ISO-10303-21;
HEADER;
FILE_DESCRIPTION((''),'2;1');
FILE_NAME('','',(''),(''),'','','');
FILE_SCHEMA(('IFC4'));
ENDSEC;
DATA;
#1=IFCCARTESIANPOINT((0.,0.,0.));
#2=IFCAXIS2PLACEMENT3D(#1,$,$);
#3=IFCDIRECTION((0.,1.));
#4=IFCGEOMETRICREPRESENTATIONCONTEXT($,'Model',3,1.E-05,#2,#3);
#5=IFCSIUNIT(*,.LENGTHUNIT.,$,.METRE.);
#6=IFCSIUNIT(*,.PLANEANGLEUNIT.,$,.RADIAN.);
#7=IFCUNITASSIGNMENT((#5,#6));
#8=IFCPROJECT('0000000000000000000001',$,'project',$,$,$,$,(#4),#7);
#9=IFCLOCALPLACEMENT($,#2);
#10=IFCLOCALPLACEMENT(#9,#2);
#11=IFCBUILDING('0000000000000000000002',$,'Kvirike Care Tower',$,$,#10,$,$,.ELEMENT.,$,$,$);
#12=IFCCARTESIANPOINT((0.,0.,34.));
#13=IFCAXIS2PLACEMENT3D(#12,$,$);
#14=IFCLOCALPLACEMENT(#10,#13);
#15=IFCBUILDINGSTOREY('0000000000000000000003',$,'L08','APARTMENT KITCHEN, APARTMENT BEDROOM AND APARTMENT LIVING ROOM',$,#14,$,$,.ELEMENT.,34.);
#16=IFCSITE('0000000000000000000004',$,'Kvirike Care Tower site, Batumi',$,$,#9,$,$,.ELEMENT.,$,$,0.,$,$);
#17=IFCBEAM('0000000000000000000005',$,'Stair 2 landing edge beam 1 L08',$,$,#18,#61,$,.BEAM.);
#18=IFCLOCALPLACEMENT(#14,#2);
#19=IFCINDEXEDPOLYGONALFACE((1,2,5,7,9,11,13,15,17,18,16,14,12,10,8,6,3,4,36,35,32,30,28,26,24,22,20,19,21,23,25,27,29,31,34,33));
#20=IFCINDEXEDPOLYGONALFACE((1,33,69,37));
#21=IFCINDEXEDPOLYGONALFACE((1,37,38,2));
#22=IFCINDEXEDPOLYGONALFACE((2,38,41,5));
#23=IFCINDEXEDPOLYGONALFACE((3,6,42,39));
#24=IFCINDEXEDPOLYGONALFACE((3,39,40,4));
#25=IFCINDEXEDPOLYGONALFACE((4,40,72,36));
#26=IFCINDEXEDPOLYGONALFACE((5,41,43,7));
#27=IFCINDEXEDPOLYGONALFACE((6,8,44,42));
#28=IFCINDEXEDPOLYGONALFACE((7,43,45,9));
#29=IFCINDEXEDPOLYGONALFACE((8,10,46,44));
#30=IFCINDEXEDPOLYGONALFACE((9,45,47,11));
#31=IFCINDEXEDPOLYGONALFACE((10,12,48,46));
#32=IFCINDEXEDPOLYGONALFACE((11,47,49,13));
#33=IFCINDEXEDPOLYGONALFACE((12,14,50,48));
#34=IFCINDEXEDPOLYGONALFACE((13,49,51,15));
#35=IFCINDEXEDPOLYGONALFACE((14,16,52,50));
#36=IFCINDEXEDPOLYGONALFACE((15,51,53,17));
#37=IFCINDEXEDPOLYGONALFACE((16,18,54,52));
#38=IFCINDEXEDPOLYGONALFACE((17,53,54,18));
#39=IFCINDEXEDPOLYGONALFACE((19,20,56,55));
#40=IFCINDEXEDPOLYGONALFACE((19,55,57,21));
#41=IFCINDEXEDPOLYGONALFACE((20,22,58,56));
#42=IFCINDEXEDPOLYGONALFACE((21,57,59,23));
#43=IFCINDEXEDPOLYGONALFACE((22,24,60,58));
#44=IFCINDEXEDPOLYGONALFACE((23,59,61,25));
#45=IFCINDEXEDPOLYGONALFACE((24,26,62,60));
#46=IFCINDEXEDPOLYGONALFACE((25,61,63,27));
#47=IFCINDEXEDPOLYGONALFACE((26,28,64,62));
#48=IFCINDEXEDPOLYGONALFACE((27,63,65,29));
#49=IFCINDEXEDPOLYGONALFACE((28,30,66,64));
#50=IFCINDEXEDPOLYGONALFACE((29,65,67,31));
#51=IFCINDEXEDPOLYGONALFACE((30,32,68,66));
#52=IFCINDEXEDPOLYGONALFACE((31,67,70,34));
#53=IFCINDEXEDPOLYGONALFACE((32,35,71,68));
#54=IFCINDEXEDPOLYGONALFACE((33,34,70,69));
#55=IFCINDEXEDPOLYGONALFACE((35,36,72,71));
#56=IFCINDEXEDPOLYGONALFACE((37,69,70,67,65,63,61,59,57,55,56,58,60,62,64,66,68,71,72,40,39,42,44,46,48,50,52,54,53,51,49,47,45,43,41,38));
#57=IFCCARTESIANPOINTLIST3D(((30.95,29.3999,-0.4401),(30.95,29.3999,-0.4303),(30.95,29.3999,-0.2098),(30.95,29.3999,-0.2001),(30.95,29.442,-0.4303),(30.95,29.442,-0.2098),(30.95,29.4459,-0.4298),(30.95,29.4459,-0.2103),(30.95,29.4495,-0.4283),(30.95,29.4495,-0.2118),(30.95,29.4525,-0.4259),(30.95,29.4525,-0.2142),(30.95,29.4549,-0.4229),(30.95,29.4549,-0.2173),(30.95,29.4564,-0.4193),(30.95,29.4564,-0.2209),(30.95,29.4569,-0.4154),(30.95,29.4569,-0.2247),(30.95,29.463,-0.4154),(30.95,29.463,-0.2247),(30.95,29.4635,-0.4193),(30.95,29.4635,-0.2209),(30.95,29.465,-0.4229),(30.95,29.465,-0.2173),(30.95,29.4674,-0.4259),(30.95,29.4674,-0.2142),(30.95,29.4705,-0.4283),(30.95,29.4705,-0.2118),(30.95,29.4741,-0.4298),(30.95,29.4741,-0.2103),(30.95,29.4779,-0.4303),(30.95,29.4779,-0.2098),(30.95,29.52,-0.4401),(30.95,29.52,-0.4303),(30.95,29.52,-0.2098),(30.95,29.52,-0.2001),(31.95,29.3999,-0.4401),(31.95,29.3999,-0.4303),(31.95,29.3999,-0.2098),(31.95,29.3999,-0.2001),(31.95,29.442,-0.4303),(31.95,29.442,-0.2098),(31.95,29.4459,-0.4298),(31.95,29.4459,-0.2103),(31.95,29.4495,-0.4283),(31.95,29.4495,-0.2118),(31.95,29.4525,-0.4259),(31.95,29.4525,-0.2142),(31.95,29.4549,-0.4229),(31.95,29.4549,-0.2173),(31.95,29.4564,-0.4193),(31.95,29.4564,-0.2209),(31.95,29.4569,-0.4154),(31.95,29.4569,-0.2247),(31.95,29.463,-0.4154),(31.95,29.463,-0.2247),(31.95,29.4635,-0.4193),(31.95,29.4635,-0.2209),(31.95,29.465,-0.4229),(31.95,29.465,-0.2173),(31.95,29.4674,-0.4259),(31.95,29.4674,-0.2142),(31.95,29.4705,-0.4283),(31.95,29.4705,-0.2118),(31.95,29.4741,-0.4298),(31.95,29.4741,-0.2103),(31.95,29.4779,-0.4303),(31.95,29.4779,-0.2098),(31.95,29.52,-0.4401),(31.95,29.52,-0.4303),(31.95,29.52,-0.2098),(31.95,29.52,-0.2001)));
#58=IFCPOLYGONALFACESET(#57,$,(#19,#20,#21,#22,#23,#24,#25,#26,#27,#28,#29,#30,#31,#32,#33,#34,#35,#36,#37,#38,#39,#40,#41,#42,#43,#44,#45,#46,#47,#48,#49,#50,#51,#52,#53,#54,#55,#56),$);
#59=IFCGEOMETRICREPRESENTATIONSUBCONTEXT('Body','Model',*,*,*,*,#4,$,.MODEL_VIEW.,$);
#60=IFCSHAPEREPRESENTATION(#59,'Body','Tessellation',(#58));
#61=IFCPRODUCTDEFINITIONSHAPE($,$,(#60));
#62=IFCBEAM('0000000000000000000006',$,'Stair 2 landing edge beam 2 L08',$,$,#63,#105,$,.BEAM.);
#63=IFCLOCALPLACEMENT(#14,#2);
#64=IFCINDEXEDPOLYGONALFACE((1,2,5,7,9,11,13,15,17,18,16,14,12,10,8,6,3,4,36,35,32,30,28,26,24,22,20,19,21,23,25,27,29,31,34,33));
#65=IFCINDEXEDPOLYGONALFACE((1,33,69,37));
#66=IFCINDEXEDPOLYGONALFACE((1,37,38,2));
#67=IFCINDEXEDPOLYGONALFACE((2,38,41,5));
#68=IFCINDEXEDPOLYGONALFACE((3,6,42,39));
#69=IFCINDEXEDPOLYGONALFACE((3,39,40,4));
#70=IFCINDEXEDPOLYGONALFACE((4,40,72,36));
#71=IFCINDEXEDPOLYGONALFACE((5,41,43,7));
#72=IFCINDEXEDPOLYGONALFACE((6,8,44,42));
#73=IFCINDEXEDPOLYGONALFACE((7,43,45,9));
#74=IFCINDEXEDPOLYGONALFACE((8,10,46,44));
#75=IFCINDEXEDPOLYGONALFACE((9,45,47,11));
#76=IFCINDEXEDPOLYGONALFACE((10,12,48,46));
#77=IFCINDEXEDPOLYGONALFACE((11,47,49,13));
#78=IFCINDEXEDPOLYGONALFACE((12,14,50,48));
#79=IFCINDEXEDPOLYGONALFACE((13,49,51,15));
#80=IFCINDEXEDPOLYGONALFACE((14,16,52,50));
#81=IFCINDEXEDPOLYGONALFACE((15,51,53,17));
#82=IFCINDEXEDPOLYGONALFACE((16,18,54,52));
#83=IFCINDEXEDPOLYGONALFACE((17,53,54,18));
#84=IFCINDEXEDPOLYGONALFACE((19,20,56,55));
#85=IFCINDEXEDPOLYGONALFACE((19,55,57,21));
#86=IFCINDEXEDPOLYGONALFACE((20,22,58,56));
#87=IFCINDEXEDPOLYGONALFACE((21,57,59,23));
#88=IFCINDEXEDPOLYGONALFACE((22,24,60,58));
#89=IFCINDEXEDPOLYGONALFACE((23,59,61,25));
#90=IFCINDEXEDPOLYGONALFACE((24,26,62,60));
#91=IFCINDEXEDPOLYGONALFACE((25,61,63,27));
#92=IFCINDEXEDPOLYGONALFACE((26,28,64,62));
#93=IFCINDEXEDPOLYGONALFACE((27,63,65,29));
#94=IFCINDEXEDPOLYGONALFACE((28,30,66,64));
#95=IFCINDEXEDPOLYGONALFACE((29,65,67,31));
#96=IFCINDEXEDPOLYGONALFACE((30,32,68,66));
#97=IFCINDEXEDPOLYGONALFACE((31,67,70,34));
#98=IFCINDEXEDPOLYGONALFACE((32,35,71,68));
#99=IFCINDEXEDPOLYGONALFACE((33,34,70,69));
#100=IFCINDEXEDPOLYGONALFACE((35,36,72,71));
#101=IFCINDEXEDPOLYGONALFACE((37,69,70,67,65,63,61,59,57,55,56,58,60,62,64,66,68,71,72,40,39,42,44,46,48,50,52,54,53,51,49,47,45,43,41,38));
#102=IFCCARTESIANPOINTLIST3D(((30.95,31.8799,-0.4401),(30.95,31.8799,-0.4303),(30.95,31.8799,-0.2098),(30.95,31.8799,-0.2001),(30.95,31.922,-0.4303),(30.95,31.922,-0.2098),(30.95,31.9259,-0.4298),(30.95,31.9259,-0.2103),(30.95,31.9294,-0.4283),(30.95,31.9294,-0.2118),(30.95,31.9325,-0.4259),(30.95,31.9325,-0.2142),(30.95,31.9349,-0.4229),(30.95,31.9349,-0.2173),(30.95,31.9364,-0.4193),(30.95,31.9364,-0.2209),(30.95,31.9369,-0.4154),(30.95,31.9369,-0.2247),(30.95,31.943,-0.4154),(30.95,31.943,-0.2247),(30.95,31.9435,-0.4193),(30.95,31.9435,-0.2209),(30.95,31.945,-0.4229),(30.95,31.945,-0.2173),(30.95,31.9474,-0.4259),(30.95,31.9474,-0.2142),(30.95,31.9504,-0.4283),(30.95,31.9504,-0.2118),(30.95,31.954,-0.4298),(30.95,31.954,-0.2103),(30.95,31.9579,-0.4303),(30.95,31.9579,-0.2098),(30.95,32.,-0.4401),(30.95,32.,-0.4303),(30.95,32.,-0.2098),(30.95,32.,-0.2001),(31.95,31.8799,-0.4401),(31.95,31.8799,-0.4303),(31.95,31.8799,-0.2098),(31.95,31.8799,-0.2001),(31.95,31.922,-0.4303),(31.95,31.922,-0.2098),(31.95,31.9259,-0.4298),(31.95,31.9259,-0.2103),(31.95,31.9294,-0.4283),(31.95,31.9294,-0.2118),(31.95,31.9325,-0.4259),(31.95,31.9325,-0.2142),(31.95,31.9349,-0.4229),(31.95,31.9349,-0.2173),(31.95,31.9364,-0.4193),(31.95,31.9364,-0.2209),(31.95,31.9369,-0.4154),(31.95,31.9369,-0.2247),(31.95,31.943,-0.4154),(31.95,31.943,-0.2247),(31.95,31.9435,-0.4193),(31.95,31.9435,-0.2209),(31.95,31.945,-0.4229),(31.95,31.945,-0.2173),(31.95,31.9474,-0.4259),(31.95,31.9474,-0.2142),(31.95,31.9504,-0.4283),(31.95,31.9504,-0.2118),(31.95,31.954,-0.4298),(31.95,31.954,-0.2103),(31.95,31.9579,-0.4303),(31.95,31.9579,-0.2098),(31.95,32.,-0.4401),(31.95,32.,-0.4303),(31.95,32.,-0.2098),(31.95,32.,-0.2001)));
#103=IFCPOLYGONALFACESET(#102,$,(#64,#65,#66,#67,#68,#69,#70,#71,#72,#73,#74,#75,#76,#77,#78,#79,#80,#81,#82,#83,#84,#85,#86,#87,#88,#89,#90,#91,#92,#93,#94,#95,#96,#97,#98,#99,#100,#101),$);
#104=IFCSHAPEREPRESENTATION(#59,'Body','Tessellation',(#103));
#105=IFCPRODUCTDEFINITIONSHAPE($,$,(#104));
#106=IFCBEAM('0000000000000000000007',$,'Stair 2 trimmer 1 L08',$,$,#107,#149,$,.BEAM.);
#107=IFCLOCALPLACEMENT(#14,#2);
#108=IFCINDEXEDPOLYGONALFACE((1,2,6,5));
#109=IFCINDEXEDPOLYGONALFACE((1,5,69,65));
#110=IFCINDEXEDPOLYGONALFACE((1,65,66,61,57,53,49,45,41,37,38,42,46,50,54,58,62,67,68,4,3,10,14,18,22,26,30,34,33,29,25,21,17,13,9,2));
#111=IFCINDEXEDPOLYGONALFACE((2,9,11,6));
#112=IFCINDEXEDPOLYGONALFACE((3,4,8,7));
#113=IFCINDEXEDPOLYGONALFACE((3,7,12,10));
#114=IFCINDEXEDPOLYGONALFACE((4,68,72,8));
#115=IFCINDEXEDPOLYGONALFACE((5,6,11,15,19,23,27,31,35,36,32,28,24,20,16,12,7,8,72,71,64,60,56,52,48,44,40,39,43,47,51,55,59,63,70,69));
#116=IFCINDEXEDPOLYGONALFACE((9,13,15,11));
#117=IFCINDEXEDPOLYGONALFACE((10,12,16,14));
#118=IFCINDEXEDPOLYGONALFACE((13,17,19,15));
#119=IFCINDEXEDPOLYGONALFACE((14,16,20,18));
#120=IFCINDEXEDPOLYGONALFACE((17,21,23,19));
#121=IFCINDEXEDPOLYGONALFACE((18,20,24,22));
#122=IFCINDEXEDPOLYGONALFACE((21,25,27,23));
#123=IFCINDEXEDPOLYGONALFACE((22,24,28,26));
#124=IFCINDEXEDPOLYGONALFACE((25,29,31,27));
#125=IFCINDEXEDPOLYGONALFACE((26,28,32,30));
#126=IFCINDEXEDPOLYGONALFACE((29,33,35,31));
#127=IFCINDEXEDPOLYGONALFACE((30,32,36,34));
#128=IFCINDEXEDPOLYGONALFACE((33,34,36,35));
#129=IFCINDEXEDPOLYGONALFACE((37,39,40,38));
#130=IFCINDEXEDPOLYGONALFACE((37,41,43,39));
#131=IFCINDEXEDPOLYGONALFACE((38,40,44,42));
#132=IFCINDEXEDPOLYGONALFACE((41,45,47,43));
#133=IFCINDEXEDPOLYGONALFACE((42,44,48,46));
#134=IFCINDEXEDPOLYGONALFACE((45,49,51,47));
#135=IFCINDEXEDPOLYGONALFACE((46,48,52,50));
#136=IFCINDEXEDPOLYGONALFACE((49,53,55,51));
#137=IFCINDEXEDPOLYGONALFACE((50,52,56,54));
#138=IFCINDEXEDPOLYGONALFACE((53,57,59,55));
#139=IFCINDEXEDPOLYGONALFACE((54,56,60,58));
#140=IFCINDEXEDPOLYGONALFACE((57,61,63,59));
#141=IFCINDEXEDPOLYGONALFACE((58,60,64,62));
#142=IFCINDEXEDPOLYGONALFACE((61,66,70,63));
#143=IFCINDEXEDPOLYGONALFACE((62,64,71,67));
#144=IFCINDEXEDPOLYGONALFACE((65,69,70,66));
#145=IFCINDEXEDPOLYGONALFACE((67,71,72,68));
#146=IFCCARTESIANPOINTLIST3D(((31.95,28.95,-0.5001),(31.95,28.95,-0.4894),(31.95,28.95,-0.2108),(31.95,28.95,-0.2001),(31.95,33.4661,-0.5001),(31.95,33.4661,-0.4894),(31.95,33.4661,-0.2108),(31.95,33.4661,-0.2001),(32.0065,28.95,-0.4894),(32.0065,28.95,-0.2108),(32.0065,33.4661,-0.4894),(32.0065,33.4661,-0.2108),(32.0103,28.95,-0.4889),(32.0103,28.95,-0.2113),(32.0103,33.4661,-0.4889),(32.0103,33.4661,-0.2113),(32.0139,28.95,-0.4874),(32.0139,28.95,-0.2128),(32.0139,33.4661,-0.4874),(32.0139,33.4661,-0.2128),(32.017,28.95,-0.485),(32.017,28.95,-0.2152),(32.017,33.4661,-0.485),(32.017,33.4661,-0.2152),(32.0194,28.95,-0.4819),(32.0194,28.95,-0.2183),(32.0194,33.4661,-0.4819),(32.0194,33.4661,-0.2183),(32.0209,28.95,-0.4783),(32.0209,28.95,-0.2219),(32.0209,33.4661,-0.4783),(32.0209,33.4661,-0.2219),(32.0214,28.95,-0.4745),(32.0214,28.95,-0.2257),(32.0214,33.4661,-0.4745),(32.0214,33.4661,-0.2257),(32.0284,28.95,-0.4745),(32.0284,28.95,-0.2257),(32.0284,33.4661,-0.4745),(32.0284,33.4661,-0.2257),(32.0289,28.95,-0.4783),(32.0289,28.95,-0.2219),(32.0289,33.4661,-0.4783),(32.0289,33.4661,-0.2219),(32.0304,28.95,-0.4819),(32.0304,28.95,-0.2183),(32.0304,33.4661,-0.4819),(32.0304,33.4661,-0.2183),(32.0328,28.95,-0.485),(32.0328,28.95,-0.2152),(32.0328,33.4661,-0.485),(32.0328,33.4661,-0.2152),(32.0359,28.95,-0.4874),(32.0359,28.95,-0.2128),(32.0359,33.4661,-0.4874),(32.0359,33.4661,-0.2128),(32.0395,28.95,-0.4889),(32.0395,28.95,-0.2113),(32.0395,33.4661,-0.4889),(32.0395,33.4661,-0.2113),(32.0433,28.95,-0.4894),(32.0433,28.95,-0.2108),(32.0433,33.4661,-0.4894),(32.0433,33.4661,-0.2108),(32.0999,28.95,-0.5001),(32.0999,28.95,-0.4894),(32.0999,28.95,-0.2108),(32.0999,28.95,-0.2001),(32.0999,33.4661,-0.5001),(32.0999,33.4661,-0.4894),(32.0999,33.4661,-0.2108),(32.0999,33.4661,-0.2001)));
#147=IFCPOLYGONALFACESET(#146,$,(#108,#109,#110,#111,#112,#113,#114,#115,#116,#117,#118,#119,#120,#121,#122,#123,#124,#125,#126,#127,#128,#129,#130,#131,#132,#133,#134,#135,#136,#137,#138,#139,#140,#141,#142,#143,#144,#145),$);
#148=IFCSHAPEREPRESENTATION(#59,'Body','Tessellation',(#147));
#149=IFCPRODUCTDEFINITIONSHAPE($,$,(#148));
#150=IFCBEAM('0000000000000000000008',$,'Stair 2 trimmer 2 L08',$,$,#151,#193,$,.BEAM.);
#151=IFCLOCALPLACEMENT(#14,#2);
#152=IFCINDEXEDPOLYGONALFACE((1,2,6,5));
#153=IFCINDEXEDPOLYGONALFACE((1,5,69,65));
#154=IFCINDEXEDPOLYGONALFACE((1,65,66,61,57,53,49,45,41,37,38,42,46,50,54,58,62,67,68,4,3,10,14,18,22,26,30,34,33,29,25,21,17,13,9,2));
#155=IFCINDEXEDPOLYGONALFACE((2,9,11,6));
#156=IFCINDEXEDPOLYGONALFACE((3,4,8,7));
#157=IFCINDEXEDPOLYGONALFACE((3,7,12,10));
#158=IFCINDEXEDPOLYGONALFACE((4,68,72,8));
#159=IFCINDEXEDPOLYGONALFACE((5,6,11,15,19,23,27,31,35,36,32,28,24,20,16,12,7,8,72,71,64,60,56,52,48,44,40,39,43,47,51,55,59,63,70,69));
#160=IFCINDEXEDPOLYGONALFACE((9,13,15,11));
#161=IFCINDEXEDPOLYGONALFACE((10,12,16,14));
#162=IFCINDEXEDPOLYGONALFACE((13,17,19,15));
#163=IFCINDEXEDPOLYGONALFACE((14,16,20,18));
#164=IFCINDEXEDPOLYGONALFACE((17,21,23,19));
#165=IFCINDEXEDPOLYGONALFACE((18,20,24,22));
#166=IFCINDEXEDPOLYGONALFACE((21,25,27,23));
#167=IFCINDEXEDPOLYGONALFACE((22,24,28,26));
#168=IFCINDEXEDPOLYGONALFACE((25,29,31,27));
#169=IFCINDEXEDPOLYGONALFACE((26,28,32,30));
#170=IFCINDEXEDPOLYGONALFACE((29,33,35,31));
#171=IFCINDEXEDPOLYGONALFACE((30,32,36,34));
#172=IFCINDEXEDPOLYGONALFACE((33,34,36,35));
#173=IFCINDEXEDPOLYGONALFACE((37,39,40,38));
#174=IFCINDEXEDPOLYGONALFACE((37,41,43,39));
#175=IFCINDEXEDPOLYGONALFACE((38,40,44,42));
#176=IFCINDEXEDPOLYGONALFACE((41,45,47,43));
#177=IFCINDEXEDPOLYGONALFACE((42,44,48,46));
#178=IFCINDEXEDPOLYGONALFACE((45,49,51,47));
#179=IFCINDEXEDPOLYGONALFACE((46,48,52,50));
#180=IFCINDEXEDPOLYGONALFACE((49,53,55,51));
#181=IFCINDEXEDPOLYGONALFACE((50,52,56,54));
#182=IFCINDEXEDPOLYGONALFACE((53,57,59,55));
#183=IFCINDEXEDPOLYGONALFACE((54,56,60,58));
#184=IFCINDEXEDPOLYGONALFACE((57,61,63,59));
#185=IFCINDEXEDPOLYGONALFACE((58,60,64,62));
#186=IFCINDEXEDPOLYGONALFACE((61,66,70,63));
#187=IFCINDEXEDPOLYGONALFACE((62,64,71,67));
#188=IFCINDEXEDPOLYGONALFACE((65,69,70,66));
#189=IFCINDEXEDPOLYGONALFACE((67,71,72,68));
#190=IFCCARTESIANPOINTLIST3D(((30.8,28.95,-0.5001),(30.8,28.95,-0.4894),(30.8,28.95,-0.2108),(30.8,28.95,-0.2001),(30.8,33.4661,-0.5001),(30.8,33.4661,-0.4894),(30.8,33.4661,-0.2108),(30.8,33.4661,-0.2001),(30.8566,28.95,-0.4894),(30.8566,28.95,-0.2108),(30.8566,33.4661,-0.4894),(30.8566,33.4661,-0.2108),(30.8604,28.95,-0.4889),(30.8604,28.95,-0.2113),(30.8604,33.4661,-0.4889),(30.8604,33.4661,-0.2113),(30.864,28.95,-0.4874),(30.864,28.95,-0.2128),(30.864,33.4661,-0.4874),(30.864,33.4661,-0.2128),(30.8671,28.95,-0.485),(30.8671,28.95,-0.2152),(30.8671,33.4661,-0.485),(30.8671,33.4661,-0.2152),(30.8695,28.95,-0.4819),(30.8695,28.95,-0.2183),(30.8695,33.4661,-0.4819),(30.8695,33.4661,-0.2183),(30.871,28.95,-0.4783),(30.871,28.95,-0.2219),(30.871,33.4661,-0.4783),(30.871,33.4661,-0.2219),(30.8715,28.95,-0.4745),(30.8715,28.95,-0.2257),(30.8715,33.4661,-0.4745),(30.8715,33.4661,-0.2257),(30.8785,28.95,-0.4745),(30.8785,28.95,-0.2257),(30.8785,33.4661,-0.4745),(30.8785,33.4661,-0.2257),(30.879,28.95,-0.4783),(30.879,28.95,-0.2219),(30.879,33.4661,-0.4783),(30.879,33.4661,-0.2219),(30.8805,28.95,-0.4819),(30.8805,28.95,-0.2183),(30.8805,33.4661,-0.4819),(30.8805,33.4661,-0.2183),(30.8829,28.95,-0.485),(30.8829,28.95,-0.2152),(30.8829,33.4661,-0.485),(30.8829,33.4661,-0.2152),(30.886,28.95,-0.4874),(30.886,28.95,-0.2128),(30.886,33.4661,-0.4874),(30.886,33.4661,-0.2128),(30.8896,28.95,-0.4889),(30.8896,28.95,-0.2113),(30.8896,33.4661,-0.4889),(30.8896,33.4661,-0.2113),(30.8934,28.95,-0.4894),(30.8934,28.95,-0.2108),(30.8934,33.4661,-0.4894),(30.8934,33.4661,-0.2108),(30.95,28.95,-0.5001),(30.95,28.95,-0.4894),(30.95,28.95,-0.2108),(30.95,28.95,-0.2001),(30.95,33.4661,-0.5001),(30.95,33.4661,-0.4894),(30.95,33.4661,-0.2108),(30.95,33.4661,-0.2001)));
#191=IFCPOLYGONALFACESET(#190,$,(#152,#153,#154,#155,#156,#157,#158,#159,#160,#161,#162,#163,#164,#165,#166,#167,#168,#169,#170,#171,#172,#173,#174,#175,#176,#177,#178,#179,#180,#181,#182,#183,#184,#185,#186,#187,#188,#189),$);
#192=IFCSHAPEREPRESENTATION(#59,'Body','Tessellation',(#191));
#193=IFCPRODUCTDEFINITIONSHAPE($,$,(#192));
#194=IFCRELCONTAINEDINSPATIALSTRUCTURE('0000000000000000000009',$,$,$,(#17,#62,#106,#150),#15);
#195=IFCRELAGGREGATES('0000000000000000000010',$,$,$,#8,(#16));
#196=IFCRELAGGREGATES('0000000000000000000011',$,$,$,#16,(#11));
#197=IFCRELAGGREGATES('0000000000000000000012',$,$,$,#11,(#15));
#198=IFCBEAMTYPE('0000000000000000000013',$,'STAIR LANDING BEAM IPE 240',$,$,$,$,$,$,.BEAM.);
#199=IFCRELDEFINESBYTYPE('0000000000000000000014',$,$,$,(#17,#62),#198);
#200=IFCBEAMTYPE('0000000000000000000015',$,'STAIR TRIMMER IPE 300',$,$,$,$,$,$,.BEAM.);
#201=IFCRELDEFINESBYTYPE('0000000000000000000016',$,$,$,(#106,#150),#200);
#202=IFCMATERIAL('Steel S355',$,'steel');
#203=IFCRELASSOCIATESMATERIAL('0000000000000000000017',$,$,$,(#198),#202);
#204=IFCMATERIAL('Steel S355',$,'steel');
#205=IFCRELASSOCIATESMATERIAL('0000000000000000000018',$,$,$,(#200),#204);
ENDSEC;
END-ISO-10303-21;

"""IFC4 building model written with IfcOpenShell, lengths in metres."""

from ifc_helpers import new_model, si_unit, direction, frame, origin, origin_2d, place, context, subcontext, project, spatial, i_section, extrude, material, material_profile, profile_set, type_object, element, save


model = new_model("IFC4")

# Units and contexts
model_context = context("Model", 3, precision=1e-05, world=origin(), true_north=direction((0.0, 1.0)))
body_context = subcontext(model_context, "Body", "Model", "MODEL_VIEW")
ifc_project = project(units=[si_unit("LENGTHUNIT", "METRE"), si_unit("PLANEANGLEUNIT", "RADIAN")], contexts=[model_context])

# Site, building, storey
site_placement = place(None, origin())
site = spatial("IfcSite", under=ifc_project, at=site_placement, Name="Kvirike Care Tower site, Batumi", CompositionType="ELEMENT", RefElevation=0.0)
building_placement = place(site_placement, origin())
building = spatial("IfcBuilding", under=site, at=building_placement, Name="Kvirike Care Tower", CompositionType="ELEMENT")
storey_placement = place(building_placement, frame((0.0, 0.0, 34.0)))
storey = spatial("IfcBuildingStorey", under=building, at=storey_placement, Name="L08", Description="APARTMENT KITCHEN, APARTMENT BEDROOM AND APARTMENT LIVING ROOM", CompositionType="ELEMENT", Elevation=34.0)

# Beams
ifc_material_1 = material(Name="Steel S355", Category="steel")
ifc_material_profile_1 = material_profile(ifc_material_1, i_section(OverallWidth=0.1201, OverallDepth=0.24, WebThickness=0.0061, FlangeThickness=0.0098, FilletRadius=0.0149, at=origin_2d()), Name="IPE 240")
ifc_profile_set_1 = profile_set([ifc_material_profile_1], Name="Steel S355")
beam_type_1 = type_object("IfcBeamType", Name="STAIR LANDING BEAM IPE 240", PredefinedType="BEAM", material=ifc_profile_set_1)
for number, where, z_axis, x_axis, name in (
    (1, (31.95, 29.46, -0.3201), (-1.0, 0.0, 0.0), (0.0, -1.0, 0.0), "Stair 2 landing edge beam 1 L08"),
    (2, (31.95, 31.9399, -0.3201), (-1.0, 0.0, 0.0), (0.0, -1.0, 0.0), "Stair 2 landing edge beam 2 L08"),
):
    element("IfcBeam", number, at=place(storey_placement, frame(where, z_axis=z_axis, x_axis=x_axis)), inside=storey, type_object=beam_type_1, Name=name, PredefinedType="BEAM", context=body_context, shape_type="SweptSolid", body=[
        extrude(i_section(OverallWidth=0.1201, OverallDepth=0.24, WebThickness=0.0061, FlangeThickness=0.0098, FilletRadius=0.0149, at=origin_2d()), origin(), (0.0, 0.0, 1.0), 1.0),
    ])
ifc_material_2 = material(Name="Steel S355", Category="steel")
ifc_material_profile_2 = material_profile(ifc_material_2, i_section(OverallWidth=0.1499, OverallDepth=0.3, WebThickness=0.0071, FlangeThickness=0.0107, FilletRadius=0.0149, at=origin_2d()), Name="IPE 300")
ifc_profile_set_2 = profile_set([ifc_material_profile_2], Name="Steel S355")
beam_type_2 = type_object("IfcBeamType", Name="STAIR TRIMMER IPE 300", PredefinedType="BEAM", material=ifc_profile_set_2)
for number, where, z_axis, x_axis, name in (
    (3, (32.0249, 28.95, -0.3501), (0.0, 1.0, 0.0), (-1.0, 0.0, 0.0), "Stair 2 trimmer 1 L08"),
    (4, (30.875, 28.95, -0.3501), (0.0, 1.0, 0.0), (-1.0, 0.0, 0.0), "Stair 2 trimmer 2 L08"),
):
    element("IfcBeam", number, at=place(storey_placement, frame(where, z_axis=z_axis, x_axis=x_axis)), inside=storey, type_object=beam_type_2, Name=name, PredefinedType="BEAM", context=body_context, shape_type="SweptSolid", body=[
        extrude(i_section(OverallWidth=0.1499, OverallDepth=0.3, WebThickness=0.0071, FlangeThickness=0.0107, FilletRadius=0.0149, at=origin_2d()), origin(), (0.0, 0.0, 1.0), 4.5161),
    ])

save(model, "model.ifc")
